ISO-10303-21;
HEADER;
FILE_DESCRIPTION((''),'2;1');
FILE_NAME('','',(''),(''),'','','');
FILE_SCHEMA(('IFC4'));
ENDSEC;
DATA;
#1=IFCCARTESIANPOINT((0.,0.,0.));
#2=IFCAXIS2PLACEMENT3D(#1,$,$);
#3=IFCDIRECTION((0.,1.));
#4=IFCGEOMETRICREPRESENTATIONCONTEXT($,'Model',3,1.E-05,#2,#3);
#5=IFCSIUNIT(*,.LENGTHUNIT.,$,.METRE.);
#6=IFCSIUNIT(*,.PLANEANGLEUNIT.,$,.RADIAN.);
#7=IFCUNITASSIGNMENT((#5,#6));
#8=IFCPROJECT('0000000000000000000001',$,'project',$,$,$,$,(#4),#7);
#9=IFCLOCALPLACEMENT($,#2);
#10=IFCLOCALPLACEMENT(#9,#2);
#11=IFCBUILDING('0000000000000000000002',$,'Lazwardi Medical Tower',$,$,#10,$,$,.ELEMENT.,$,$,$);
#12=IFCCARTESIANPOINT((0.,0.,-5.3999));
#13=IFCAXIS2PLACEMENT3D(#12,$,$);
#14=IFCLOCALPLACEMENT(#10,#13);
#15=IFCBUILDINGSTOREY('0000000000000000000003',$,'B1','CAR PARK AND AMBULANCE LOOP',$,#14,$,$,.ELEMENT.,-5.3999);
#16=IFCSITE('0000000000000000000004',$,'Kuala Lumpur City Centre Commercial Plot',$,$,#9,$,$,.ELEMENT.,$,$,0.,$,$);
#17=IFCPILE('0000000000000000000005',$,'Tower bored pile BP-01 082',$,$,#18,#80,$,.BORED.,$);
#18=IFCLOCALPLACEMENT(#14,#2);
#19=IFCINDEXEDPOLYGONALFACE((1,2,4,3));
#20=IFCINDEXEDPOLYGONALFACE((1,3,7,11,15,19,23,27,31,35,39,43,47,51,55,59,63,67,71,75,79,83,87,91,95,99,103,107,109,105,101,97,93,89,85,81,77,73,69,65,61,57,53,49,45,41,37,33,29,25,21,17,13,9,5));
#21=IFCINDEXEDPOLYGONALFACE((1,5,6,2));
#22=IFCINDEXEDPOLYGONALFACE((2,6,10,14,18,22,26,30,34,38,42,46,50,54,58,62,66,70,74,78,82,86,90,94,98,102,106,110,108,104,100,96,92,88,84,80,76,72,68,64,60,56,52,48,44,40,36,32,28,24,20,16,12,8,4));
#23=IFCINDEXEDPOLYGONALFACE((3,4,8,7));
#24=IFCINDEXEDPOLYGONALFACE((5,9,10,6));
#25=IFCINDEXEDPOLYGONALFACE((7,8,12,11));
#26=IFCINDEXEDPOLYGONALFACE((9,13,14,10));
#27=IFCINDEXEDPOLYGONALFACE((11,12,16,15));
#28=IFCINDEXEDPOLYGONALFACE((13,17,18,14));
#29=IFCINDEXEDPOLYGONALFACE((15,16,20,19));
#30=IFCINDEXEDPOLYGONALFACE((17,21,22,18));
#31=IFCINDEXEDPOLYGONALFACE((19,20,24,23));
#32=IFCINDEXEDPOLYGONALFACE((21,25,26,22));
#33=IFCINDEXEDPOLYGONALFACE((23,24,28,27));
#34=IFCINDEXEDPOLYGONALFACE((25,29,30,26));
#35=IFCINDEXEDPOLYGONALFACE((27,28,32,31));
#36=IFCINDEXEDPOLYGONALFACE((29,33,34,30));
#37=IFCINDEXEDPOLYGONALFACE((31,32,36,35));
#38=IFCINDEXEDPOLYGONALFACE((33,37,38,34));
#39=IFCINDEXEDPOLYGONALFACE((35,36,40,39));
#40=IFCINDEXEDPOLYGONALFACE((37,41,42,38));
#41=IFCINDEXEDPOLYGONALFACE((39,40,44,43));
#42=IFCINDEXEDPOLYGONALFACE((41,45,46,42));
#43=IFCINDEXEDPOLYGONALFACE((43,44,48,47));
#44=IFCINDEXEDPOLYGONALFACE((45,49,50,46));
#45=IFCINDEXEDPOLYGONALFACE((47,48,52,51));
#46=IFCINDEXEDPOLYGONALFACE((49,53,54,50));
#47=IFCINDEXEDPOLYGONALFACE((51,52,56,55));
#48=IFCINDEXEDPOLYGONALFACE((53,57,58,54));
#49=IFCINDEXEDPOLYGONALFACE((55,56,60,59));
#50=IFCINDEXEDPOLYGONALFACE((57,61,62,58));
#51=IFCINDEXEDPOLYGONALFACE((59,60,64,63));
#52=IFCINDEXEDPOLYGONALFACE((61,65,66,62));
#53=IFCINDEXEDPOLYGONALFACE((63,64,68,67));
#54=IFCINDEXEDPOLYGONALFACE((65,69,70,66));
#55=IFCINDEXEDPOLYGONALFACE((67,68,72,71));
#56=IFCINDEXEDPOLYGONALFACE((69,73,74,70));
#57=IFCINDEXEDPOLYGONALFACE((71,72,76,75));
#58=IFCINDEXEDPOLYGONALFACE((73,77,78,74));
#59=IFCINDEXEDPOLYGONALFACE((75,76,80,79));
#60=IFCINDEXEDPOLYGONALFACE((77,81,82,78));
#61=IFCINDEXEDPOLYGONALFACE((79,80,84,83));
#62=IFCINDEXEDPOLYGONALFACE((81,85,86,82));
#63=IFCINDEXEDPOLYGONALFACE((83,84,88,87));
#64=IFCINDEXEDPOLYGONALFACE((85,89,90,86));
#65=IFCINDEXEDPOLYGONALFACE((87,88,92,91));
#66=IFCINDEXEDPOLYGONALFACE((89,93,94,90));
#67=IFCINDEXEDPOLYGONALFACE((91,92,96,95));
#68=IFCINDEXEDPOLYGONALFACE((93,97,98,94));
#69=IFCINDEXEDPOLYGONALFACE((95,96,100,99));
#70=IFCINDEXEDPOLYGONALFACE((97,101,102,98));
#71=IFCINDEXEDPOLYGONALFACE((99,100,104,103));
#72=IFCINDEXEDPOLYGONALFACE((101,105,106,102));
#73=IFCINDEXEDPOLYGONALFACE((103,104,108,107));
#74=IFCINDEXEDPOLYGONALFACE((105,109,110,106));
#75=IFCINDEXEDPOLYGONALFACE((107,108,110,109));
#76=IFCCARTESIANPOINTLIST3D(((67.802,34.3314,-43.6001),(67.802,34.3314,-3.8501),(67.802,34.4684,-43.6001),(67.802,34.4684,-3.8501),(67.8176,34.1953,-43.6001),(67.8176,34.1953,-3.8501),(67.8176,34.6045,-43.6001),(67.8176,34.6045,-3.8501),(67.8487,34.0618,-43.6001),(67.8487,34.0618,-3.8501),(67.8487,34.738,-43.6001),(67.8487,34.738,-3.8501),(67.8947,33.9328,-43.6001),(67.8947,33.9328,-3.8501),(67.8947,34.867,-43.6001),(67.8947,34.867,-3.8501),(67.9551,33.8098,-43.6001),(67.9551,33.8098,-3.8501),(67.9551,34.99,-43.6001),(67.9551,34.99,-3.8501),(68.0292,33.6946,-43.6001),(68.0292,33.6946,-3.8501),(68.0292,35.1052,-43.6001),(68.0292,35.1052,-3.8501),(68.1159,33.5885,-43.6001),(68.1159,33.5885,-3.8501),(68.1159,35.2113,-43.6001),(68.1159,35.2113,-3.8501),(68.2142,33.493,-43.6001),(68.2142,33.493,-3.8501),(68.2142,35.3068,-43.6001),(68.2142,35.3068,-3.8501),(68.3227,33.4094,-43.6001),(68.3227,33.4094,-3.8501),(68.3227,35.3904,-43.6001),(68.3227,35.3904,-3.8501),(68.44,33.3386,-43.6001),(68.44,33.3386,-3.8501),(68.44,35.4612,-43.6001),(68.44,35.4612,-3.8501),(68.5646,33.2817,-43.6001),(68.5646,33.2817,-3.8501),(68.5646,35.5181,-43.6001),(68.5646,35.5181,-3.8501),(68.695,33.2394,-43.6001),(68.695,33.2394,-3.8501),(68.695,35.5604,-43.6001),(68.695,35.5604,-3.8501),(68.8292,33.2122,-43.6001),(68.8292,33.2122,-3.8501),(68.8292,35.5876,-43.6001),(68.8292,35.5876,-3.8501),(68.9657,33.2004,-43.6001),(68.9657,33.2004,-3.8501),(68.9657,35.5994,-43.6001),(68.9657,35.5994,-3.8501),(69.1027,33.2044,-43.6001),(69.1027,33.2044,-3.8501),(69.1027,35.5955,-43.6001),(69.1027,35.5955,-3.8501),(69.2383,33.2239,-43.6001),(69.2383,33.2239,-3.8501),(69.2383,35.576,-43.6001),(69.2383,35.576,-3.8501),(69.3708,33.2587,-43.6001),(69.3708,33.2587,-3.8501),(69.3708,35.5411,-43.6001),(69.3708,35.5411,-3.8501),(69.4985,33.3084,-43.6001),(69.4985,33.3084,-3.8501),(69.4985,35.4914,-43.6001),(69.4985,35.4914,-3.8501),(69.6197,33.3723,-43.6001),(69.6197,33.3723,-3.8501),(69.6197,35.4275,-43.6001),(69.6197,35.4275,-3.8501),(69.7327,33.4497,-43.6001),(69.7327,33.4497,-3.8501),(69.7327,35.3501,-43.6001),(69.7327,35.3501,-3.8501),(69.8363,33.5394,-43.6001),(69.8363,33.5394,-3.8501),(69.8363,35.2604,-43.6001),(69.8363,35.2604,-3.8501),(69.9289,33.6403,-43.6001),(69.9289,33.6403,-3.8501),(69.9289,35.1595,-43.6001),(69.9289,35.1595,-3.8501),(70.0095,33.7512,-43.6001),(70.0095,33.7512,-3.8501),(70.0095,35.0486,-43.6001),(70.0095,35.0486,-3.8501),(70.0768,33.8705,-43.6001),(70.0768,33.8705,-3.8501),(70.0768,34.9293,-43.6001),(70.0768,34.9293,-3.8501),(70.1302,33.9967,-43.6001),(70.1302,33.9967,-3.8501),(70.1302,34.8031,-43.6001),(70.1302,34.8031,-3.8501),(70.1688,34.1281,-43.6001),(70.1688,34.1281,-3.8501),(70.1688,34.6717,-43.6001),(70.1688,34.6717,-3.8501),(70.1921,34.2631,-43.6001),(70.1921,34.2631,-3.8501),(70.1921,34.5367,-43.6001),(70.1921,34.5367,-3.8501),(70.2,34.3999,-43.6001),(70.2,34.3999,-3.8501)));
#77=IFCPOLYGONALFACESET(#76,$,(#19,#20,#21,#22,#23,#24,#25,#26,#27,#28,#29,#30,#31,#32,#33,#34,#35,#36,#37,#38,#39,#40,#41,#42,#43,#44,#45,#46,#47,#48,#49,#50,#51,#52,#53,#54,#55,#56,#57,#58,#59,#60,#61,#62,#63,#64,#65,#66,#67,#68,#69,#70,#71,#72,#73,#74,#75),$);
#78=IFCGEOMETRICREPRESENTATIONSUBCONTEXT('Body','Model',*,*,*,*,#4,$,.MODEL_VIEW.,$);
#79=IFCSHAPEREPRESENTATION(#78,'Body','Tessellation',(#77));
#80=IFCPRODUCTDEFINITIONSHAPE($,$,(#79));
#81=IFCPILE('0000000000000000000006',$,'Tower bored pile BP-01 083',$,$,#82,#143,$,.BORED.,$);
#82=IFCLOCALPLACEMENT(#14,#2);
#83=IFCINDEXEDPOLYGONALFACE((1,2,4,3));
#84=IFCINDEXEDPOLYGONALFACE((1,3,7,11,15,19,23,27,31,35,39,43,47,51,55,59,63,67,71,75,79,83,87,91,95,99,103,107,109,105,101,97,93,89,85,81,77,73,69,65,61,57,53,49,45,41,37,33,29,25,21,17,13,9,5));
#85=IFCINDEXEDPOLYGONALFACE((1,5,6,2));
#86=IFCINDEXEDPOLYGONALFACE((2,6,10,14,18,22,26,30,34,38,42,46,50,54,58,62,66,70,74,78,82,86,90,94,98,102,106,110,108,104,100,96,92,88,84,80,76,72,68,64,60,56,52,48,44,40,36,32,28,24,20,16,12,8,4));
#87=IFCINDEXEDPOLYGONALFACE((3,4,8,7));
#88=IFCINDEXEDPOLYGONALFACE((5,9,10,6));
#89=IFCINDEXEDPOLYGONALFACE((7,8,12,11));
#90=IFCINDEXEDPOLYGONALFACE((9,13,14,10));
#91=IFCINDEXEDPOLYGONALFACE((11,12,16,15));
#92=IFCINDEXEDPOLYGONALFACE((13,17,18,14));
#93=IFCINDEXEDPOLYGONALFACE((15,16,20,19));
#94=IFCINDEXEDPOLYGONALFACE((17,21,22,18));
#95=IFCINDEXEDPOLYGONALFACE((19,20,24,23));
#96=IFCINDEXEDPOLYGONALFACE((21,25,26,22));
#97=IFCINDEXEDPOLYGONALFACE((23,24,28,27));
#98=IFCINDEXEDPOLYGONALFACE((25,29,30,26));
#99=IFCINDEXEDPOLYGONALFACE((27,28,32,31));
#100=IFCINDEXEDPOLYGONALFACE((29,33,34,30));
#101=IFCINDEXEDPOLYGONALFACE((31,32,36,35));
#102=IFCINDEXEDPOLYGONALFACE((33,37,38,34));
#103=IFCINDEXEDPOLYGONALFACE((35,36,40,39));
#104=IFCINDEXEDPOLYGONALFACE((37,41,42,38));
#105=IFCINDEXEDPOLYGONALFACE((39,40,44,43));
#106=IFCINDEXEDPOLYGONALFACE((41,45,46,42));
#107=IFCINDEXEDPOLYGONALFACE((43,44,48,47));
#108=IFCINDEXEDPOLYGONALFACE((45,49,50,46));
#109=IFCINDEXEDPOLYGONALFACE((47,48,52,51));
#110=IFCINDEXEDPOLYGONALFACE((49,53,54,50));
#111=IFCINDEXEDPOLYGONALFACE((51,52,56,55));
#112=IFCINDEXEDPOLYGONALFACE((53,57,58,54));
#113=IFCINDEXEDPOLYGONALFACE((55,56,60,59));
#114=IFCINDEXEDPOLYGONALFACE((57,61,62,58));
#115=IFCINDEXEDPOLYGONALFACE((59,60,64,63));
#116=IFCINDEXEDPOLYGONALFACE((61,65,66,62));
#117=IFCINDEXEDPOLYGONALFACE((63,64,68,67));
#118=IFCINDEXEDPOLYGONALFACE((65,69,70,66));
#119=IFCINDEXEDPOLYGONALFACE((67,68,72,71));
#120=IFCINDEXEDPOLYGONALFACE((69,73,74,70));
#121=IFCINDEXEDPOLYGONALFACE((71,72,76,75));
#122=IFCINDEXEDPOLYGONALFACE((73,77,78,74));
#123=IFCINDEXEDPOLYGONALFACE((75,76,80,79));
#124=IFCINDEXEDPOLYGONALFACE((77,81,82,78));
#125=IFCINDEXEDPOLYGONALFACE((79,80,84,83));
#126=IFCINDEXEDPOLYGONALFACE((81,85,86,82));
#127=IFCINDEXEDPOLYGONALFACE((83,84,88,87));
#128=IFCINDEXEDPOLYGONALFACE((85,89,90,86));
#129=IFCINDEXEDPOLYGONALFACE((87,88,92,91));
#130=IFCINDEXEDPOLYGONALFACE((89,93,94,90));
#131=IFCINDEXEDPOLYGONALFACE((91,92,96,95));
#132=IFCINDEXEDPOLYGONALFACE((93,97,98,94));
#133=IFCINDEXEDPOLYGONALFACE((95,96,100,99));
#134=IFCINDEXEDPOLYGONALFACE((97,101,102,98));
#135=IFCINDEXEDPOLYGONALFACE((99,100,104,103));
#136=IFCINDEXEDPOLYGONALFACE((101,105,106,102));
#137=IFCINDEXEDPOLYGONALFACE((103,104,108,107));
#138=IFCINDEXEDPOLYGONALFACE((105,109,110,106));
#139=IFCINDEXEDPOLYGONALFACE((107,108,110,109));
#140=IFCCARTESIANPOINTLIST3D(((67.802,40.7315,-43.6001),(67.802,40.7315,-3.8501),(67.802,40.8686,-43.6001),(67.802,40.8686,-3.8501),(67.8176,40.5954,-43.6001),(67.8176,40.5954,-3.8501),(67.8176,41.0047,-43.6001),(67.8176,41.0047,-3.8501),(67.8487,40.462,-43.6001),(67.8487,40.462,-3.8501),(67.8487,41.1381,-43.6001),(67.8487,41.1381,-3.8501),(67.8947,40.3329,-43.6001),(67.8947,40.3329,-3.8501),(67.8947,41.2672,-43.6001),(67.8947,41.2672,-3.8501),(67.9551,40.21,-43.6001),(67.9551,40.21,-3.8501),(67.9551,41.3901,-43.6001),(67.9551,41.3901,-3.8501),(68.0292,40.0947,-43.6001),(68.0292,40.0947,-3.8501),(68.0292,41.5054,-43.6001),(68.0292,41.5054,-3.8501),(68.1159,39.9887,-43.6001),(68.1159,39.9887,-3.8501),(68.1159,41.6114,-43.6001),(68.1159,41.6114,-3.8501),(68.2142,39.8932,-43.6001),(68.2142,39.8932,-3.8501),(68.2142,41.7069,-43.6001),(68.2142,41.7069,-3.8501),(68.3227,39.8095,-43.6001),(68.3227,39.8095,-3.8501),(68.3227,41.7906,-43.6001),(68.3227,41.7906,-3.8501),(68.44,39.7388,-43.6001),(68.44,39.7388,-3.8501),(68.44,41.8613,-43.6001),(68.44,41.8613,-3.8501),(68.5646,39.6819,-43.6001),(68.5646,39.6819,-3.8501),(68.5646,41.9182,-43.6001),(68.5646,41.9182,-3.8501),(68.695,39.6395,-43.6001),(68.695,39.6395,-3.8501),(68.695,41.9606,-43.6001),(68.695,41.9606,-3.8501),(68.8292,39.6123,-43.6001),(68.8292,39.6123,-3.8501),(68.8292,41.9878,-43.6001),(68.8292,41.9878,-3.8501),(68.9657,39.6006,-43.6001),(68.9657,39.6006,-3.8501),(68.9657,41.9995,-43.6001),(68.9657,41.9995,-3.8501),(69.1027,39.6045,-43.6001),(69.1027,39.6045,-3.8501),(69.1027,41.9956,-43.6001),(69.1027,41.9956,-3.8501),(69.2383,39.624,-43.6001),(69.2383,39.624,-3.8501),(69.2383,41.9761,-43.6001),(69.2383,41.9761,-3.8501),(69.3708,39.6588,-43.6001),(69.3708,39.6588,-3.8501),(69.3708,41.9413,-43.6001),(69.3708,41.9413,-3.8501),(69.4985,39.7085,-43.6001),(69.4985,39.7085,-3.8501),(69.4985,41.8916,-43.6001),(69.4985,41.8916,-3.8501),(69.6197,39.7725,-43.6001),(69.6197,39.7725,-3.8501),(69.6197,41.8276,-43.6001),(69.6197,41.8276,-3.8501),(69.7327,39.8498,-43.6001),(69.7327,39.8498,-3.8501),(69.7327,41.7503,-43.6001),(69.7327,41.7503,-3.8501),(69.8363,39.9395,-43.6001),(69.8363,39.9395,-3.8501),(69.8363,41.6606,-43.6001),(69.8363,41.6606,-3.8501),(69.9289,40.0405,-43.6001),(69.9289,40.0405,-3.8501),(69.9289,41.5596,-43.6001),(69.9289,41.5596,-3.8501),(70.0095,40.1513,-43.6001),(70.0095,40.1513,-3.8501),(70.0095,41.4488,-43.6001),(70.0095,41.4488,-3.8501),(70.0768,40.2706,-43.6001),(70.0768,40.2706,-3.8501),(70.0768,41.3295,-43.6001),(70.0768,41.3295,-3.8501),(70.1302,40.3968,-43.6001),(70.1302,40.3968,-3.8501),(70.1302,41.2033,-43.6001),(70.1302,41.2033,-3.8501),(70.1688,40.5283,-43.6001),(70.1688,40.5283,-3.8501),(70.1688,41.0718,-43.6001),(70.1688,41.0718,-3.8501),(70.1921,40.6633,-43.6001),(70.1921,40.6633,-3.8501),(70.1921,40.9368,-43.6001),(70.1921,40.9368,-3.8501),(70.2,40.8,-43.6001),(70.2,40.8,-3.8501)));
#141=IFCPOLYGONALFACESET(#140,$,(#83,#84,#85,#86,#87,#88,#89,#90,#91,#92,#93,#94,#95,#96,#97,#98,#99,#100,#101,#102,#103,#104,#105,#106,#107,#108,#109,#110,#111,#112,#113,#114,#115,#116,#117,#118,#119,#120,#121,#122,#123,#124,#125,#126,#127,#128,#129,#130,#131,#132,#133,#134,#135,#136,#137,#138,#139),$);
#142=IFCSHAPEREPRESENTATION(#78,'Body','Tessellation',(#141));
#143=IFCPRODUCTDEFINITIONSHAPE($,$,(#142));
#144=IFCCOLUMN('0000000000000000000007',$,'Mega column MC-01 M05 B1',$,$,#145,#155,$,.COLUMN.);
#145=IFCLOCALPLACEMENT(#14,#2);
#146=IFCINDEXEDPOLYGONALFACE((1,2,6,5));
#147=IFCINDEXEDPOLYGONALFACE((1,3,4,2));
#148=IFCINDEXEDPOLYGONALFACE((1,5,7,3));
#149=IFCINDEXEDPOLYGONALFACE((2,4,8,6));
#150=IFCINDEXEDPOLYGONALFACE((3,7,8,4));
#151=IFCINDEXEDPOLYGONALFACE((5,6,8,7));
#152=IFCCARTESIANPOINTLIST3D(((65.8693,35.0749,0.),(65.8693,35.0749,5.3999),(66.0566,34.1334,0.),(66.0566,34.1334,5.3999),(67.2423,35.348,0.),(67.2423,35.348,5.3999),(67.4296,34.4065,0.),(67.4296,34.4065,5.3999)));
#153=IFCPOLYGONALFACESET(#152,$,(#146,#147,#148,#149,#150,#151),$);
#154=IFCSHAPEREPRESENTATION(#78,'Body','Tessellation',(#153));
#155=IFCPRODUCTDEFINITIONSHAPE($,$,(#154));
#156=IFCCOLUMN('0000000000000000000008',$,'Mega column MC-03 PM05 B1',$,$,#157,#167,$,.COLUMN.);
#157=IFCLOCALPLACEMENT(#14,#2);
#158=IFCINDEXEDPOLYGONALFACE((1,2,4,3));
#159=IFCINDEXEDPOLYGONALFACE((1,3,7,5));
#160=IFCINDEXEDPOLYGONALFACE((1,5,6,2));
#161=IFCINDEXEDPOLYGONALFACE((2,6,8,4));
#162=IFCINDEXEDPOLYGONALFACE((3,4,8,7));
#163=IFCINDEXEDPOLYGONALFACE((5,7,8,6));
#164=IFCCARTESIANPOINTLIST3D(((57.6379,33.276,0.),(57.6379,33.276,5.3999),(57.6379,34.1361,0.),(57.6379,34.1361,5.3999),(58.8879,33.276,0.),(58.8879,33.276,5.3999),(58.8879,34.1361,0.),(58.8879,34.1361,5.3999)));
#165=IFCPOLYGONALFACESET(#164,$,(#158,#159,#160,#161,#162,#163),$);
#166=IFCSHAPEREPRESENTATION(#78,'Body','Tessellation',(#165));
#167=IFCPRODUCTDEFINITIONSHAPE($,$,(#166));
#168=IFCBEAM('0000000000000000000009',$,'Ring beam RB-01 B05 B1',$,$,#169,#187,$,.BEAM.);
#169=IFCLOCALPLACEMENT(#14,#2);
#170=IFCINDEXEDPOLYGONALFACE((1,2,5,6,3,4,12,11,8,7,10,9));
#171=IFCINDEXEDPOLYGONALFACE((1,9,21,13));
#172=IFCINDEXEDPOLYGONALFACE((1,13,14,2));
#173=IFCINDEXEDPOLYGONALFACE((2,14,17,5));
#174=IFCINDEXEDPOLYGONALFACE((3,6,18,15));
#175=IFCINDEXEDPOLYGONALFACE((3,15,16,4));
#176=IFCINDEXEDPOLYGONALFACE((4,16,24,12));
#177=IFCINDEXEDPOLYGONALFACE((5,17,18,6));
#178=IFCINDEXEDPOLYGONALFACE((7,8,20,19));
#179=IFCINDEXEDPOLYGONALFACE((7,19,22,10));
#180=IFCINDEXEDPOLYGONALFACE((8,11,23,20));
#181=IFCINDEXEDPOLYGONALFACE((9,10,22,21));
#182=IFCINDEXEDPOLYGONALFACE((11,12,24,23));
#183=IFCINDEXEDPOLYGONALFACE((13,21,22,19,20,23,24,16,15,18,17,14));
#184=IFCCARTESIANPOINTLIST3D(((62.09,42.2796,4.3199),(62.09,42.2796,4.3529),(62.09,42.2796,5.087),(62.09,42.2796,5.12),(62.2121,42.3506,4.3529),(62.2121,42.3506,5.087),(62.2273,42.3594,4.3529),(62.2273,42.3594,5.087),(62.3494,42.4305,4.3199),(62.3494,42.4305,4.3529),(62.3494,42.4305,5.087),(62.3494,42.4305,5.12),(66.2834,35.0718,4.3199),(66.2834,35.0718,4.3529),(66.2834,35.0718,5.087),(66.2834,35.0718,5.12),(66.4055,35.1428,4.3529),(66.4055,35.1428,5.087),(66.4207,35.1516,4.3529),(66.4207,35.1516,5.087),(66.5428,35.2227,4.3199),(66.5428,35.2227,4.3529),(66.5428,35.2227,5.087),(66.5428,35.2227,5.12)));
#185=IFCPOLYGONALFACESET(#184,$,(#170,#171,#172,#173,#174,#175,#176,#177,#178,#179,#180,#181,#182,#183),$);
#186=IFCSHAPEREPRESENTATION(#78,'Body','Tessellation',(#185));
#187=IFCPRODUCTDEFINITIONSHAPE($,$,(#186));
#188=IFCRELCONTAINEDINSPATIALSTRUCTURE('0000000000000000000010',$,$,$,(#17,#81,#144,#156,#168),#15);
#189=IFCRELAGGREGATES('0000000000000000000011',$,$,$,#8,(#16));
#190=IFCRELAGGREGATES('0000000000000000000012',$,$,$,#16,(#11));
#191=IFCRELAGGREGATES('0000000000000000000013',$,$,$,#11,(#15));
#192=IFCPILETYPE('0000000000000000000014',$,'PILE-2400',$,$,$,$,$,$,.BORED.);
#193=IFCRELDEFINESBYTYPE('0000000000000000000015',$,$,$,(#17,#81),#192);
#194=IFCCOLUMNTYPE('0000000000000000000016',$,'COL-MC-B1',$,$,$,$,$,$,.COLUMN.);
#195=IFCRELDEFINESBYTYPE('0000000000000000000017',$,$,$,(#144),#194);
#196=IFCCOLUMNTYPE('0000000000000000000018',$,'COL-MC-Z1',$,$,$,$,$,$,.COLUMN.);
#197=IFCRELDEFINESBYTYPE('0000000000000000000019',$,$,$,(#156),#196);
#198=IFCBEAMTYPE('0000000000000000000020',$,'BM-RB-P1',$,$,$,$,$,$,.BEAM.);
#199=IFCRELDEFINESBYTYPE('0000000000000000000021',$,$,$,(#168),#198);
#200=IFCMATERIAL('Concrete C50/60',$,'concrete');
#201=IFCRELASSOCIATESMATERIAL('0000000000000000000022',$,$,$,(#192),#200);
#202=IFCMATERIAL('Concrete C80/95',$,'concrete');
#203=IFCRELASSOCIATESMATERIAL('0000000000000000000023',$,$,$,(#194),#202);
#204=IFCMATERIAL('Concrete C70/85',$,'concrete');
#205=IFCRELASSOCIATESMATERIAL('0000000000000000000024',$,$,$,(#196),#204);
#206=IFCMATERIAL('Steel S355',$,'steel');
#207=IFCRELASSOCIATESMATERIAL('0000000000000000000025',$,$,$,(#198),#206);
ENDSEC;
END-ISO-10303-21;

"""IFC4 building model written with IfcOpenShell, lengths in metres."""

from ifc_helpers import new_model, si_unit, direction, frame, origin, origin_2d, place, context, subcontext, project, spatial, rectangle, circle, i_section, extrude, material, material_profile, profile_set, type_object, element, save


model = new_model("IFC4")

# Units and contexts
model_context = context("Model", 3, precision=1e-05, world=origin(), true_north=direction((0.0, 1.0)))
body_context = subcontext(model_context, "Body", "Model", "MODEL_VIEW")
ifc_project = project(units=[si_unit("LENGTHUNIT", "METRE"), si_unit("PLANEANGLEUNIT", "RADIAN")], contexts=[model_context])

# Site, building, storey
site_placement = place(None, origin())
site = spatial("IfcSite", under=ifc_project, at=site_placement, Name="Kuala Lumpur City Centre Commercial Plot", CompositionType="ELEMENT", RefElevation=0.0)
building_placement = place(site_placement, origin())
building = spatial("IfcBuilding", under=site, at=building_placement, Name="Lazwardi Medical Tower", CompositionType="ELEMENT")
storey_placement = place(building_placement, frame((0.0, 0.0, -5.3999)))
storey = spatial("IfcBuildingStorey", under=building, at=storey_placement, Name="B1", Description="CAR PARK AND AMBULANCE LOOP", CompositionType="ELEMENT", Elevation=-5.3999)

# Piles
ifc_material_1 = material(Name="Concrete C50/60", Category="concrete")
ifc_material_profile_1 = material_profile(ifc_material_1, circle(Radius=1.2, at=origin_2d()), Name="BORED PILE D2400")
ifc_profile_set_1 = profile_set([ifc_material_profile_1], Name="Concrete C50/60")
pile_type = type_object("IfcPileType", Name="PILE-2400", PredefinedType="BORED", material=ifc_profile_set_1)
for number, where, z_axis, x_axis, name in (
    (1, (69.0, 34.3999, -3.8501), (0.0, 0.0, -1.0), (1.0, 0.0, 0.0), "Tower bored pile BP-01 082"),
    (2, (69.0, 40.8, -3.8501), (0.0, 0.0, -1.0), (1.0, 0.0, 0.0), "Tower bored pile BP-01 083"),
):
    element("IfcPile", number, at=place(storey_placement, frame(where, z_axis=z_axis, x_axis=x_axis)), inside=storey, type_object=pile_type, Name=name, PredefinedType="BORED", context=body_context, shape_type="SweptSolid", body=[
        extrude(circle(Radius=1.2, at=origin_2d()), origin(), (0.0, 0.0, 1.0), 39.75),
    ])

# Columns
ifc_material_2 = material(Name="Concrete C80/95", Category="concrete")
ifc_material_profile_2 = material_profile(ifc_material_2, rectangle(XDim=1.3999, YDim=0.96, at=origin_2d()), Name="CFT-RECT 1400x960")
ifc_profile_set_2 = profile_set([ifc_material_profile_2], Name="Concrete C80/95")
column_type_1 = type_object("IfcColumnType", Name="COL-MC-B1", PredefinedType="COLUMN", material=ifc_profile_set_2)
column_1_placement = place(storey_placement, frame((66.6494, 34.7407, 0.0), z_axis=(0.0, 0.0, 1.0), x_axis=(0.980785, 0.19509, 0.0)))
element("IfcColumn", 3, at=column_1_placement, inside=storey, type_object=column_type_1, Name="Mega column MC-01 M05 B1", PredefinedType="COLUMN", context=body_context, shape_type="SweptSolid", body=[
    extrude(rectangle(XDim=1.3999, YDim=0.96, at=origin_2d()), origin(), (0.0, 0.0, 1.0), 5.3999),
])
ifc_material_3 = material(Name="Concrete C70/85", Category="concrete")
ifc_material_profile_3 = material_profile(ifc_material_3, rectangle(XDim=1.25, YDim=0.8601, at=origin_2d()), Name="CFT-RECT 1250x860")
ifc_profile_set_3 = profile_set([ifc_material_profile_3], Name="Concrete C70/85")
column_type_2 = type_object("IfcColumnType", Name="COL-MC-Z1", PredefinedType="COLUMN", material=ifc_profile_set_3)
column_2_placement = place(storey_placement, frame((58.2629, 33.7061, 0.0), z_axis=(0.0, 0.0, 1.0), x_axis=(1.0, 0.0, 0.0)))
element("IfcColumn", 4, at=column_2_placement, inside=storey, type_object=column_type_2, Name="Mega column MC-03 PM05 B1", PredefinedType="COLUMN", context=body_context, shape_type="SweptSolid", body=[
    extrude(rectangle(XDim=1.25, YDim=0.8601, at=origin_2d()), origin(), (0.0, 0.0, 1.0), 5.3999),
])

# Beam
ifc_material_4 = material(Name="Steel S355", Category="steel")
ifc_material_profile_4 = material_profile(ifc_material_4, i_section(OverallWidth=0.3, OverallDepth=0.8, WebThickness=0.0176, FlangeThickness=0.033, at=origin_2d()), Name="HEB 800")
ifc_profile_set_4 = profile_set([ifc_material_profile_4], Name="Steel S355")
beam_type = type_object("IfcBeamType", Name="BM-RB-P1", PredefinedType="BEAM", material=ifc_profile_set_4)
beam_placement = place(storey_placement, frame((66.4131, 35.1472, 4.72), z_axis=(-0.502871, 0.864361, 0.0), x_axis=(-0.864361, -0.502871, 0.0)))
element("IfcBeam", 5, at=beam_placement, inside=storey, type_object=beam_type, Name="Ring beam RB-01 B05 B1", PredefinedType="BEAM", context=body_context, shape_type="SweptSolid", body=[
    extrude(i_section(OverallWidth=0.3, OverallDepth=0.8, WebThickness=0.0176, FlangeThickness=0.033, at=origin_2d()), origin(), (0.0, 0.0, 1.0), 8.3389),
])

save(model, "model.ifc")
